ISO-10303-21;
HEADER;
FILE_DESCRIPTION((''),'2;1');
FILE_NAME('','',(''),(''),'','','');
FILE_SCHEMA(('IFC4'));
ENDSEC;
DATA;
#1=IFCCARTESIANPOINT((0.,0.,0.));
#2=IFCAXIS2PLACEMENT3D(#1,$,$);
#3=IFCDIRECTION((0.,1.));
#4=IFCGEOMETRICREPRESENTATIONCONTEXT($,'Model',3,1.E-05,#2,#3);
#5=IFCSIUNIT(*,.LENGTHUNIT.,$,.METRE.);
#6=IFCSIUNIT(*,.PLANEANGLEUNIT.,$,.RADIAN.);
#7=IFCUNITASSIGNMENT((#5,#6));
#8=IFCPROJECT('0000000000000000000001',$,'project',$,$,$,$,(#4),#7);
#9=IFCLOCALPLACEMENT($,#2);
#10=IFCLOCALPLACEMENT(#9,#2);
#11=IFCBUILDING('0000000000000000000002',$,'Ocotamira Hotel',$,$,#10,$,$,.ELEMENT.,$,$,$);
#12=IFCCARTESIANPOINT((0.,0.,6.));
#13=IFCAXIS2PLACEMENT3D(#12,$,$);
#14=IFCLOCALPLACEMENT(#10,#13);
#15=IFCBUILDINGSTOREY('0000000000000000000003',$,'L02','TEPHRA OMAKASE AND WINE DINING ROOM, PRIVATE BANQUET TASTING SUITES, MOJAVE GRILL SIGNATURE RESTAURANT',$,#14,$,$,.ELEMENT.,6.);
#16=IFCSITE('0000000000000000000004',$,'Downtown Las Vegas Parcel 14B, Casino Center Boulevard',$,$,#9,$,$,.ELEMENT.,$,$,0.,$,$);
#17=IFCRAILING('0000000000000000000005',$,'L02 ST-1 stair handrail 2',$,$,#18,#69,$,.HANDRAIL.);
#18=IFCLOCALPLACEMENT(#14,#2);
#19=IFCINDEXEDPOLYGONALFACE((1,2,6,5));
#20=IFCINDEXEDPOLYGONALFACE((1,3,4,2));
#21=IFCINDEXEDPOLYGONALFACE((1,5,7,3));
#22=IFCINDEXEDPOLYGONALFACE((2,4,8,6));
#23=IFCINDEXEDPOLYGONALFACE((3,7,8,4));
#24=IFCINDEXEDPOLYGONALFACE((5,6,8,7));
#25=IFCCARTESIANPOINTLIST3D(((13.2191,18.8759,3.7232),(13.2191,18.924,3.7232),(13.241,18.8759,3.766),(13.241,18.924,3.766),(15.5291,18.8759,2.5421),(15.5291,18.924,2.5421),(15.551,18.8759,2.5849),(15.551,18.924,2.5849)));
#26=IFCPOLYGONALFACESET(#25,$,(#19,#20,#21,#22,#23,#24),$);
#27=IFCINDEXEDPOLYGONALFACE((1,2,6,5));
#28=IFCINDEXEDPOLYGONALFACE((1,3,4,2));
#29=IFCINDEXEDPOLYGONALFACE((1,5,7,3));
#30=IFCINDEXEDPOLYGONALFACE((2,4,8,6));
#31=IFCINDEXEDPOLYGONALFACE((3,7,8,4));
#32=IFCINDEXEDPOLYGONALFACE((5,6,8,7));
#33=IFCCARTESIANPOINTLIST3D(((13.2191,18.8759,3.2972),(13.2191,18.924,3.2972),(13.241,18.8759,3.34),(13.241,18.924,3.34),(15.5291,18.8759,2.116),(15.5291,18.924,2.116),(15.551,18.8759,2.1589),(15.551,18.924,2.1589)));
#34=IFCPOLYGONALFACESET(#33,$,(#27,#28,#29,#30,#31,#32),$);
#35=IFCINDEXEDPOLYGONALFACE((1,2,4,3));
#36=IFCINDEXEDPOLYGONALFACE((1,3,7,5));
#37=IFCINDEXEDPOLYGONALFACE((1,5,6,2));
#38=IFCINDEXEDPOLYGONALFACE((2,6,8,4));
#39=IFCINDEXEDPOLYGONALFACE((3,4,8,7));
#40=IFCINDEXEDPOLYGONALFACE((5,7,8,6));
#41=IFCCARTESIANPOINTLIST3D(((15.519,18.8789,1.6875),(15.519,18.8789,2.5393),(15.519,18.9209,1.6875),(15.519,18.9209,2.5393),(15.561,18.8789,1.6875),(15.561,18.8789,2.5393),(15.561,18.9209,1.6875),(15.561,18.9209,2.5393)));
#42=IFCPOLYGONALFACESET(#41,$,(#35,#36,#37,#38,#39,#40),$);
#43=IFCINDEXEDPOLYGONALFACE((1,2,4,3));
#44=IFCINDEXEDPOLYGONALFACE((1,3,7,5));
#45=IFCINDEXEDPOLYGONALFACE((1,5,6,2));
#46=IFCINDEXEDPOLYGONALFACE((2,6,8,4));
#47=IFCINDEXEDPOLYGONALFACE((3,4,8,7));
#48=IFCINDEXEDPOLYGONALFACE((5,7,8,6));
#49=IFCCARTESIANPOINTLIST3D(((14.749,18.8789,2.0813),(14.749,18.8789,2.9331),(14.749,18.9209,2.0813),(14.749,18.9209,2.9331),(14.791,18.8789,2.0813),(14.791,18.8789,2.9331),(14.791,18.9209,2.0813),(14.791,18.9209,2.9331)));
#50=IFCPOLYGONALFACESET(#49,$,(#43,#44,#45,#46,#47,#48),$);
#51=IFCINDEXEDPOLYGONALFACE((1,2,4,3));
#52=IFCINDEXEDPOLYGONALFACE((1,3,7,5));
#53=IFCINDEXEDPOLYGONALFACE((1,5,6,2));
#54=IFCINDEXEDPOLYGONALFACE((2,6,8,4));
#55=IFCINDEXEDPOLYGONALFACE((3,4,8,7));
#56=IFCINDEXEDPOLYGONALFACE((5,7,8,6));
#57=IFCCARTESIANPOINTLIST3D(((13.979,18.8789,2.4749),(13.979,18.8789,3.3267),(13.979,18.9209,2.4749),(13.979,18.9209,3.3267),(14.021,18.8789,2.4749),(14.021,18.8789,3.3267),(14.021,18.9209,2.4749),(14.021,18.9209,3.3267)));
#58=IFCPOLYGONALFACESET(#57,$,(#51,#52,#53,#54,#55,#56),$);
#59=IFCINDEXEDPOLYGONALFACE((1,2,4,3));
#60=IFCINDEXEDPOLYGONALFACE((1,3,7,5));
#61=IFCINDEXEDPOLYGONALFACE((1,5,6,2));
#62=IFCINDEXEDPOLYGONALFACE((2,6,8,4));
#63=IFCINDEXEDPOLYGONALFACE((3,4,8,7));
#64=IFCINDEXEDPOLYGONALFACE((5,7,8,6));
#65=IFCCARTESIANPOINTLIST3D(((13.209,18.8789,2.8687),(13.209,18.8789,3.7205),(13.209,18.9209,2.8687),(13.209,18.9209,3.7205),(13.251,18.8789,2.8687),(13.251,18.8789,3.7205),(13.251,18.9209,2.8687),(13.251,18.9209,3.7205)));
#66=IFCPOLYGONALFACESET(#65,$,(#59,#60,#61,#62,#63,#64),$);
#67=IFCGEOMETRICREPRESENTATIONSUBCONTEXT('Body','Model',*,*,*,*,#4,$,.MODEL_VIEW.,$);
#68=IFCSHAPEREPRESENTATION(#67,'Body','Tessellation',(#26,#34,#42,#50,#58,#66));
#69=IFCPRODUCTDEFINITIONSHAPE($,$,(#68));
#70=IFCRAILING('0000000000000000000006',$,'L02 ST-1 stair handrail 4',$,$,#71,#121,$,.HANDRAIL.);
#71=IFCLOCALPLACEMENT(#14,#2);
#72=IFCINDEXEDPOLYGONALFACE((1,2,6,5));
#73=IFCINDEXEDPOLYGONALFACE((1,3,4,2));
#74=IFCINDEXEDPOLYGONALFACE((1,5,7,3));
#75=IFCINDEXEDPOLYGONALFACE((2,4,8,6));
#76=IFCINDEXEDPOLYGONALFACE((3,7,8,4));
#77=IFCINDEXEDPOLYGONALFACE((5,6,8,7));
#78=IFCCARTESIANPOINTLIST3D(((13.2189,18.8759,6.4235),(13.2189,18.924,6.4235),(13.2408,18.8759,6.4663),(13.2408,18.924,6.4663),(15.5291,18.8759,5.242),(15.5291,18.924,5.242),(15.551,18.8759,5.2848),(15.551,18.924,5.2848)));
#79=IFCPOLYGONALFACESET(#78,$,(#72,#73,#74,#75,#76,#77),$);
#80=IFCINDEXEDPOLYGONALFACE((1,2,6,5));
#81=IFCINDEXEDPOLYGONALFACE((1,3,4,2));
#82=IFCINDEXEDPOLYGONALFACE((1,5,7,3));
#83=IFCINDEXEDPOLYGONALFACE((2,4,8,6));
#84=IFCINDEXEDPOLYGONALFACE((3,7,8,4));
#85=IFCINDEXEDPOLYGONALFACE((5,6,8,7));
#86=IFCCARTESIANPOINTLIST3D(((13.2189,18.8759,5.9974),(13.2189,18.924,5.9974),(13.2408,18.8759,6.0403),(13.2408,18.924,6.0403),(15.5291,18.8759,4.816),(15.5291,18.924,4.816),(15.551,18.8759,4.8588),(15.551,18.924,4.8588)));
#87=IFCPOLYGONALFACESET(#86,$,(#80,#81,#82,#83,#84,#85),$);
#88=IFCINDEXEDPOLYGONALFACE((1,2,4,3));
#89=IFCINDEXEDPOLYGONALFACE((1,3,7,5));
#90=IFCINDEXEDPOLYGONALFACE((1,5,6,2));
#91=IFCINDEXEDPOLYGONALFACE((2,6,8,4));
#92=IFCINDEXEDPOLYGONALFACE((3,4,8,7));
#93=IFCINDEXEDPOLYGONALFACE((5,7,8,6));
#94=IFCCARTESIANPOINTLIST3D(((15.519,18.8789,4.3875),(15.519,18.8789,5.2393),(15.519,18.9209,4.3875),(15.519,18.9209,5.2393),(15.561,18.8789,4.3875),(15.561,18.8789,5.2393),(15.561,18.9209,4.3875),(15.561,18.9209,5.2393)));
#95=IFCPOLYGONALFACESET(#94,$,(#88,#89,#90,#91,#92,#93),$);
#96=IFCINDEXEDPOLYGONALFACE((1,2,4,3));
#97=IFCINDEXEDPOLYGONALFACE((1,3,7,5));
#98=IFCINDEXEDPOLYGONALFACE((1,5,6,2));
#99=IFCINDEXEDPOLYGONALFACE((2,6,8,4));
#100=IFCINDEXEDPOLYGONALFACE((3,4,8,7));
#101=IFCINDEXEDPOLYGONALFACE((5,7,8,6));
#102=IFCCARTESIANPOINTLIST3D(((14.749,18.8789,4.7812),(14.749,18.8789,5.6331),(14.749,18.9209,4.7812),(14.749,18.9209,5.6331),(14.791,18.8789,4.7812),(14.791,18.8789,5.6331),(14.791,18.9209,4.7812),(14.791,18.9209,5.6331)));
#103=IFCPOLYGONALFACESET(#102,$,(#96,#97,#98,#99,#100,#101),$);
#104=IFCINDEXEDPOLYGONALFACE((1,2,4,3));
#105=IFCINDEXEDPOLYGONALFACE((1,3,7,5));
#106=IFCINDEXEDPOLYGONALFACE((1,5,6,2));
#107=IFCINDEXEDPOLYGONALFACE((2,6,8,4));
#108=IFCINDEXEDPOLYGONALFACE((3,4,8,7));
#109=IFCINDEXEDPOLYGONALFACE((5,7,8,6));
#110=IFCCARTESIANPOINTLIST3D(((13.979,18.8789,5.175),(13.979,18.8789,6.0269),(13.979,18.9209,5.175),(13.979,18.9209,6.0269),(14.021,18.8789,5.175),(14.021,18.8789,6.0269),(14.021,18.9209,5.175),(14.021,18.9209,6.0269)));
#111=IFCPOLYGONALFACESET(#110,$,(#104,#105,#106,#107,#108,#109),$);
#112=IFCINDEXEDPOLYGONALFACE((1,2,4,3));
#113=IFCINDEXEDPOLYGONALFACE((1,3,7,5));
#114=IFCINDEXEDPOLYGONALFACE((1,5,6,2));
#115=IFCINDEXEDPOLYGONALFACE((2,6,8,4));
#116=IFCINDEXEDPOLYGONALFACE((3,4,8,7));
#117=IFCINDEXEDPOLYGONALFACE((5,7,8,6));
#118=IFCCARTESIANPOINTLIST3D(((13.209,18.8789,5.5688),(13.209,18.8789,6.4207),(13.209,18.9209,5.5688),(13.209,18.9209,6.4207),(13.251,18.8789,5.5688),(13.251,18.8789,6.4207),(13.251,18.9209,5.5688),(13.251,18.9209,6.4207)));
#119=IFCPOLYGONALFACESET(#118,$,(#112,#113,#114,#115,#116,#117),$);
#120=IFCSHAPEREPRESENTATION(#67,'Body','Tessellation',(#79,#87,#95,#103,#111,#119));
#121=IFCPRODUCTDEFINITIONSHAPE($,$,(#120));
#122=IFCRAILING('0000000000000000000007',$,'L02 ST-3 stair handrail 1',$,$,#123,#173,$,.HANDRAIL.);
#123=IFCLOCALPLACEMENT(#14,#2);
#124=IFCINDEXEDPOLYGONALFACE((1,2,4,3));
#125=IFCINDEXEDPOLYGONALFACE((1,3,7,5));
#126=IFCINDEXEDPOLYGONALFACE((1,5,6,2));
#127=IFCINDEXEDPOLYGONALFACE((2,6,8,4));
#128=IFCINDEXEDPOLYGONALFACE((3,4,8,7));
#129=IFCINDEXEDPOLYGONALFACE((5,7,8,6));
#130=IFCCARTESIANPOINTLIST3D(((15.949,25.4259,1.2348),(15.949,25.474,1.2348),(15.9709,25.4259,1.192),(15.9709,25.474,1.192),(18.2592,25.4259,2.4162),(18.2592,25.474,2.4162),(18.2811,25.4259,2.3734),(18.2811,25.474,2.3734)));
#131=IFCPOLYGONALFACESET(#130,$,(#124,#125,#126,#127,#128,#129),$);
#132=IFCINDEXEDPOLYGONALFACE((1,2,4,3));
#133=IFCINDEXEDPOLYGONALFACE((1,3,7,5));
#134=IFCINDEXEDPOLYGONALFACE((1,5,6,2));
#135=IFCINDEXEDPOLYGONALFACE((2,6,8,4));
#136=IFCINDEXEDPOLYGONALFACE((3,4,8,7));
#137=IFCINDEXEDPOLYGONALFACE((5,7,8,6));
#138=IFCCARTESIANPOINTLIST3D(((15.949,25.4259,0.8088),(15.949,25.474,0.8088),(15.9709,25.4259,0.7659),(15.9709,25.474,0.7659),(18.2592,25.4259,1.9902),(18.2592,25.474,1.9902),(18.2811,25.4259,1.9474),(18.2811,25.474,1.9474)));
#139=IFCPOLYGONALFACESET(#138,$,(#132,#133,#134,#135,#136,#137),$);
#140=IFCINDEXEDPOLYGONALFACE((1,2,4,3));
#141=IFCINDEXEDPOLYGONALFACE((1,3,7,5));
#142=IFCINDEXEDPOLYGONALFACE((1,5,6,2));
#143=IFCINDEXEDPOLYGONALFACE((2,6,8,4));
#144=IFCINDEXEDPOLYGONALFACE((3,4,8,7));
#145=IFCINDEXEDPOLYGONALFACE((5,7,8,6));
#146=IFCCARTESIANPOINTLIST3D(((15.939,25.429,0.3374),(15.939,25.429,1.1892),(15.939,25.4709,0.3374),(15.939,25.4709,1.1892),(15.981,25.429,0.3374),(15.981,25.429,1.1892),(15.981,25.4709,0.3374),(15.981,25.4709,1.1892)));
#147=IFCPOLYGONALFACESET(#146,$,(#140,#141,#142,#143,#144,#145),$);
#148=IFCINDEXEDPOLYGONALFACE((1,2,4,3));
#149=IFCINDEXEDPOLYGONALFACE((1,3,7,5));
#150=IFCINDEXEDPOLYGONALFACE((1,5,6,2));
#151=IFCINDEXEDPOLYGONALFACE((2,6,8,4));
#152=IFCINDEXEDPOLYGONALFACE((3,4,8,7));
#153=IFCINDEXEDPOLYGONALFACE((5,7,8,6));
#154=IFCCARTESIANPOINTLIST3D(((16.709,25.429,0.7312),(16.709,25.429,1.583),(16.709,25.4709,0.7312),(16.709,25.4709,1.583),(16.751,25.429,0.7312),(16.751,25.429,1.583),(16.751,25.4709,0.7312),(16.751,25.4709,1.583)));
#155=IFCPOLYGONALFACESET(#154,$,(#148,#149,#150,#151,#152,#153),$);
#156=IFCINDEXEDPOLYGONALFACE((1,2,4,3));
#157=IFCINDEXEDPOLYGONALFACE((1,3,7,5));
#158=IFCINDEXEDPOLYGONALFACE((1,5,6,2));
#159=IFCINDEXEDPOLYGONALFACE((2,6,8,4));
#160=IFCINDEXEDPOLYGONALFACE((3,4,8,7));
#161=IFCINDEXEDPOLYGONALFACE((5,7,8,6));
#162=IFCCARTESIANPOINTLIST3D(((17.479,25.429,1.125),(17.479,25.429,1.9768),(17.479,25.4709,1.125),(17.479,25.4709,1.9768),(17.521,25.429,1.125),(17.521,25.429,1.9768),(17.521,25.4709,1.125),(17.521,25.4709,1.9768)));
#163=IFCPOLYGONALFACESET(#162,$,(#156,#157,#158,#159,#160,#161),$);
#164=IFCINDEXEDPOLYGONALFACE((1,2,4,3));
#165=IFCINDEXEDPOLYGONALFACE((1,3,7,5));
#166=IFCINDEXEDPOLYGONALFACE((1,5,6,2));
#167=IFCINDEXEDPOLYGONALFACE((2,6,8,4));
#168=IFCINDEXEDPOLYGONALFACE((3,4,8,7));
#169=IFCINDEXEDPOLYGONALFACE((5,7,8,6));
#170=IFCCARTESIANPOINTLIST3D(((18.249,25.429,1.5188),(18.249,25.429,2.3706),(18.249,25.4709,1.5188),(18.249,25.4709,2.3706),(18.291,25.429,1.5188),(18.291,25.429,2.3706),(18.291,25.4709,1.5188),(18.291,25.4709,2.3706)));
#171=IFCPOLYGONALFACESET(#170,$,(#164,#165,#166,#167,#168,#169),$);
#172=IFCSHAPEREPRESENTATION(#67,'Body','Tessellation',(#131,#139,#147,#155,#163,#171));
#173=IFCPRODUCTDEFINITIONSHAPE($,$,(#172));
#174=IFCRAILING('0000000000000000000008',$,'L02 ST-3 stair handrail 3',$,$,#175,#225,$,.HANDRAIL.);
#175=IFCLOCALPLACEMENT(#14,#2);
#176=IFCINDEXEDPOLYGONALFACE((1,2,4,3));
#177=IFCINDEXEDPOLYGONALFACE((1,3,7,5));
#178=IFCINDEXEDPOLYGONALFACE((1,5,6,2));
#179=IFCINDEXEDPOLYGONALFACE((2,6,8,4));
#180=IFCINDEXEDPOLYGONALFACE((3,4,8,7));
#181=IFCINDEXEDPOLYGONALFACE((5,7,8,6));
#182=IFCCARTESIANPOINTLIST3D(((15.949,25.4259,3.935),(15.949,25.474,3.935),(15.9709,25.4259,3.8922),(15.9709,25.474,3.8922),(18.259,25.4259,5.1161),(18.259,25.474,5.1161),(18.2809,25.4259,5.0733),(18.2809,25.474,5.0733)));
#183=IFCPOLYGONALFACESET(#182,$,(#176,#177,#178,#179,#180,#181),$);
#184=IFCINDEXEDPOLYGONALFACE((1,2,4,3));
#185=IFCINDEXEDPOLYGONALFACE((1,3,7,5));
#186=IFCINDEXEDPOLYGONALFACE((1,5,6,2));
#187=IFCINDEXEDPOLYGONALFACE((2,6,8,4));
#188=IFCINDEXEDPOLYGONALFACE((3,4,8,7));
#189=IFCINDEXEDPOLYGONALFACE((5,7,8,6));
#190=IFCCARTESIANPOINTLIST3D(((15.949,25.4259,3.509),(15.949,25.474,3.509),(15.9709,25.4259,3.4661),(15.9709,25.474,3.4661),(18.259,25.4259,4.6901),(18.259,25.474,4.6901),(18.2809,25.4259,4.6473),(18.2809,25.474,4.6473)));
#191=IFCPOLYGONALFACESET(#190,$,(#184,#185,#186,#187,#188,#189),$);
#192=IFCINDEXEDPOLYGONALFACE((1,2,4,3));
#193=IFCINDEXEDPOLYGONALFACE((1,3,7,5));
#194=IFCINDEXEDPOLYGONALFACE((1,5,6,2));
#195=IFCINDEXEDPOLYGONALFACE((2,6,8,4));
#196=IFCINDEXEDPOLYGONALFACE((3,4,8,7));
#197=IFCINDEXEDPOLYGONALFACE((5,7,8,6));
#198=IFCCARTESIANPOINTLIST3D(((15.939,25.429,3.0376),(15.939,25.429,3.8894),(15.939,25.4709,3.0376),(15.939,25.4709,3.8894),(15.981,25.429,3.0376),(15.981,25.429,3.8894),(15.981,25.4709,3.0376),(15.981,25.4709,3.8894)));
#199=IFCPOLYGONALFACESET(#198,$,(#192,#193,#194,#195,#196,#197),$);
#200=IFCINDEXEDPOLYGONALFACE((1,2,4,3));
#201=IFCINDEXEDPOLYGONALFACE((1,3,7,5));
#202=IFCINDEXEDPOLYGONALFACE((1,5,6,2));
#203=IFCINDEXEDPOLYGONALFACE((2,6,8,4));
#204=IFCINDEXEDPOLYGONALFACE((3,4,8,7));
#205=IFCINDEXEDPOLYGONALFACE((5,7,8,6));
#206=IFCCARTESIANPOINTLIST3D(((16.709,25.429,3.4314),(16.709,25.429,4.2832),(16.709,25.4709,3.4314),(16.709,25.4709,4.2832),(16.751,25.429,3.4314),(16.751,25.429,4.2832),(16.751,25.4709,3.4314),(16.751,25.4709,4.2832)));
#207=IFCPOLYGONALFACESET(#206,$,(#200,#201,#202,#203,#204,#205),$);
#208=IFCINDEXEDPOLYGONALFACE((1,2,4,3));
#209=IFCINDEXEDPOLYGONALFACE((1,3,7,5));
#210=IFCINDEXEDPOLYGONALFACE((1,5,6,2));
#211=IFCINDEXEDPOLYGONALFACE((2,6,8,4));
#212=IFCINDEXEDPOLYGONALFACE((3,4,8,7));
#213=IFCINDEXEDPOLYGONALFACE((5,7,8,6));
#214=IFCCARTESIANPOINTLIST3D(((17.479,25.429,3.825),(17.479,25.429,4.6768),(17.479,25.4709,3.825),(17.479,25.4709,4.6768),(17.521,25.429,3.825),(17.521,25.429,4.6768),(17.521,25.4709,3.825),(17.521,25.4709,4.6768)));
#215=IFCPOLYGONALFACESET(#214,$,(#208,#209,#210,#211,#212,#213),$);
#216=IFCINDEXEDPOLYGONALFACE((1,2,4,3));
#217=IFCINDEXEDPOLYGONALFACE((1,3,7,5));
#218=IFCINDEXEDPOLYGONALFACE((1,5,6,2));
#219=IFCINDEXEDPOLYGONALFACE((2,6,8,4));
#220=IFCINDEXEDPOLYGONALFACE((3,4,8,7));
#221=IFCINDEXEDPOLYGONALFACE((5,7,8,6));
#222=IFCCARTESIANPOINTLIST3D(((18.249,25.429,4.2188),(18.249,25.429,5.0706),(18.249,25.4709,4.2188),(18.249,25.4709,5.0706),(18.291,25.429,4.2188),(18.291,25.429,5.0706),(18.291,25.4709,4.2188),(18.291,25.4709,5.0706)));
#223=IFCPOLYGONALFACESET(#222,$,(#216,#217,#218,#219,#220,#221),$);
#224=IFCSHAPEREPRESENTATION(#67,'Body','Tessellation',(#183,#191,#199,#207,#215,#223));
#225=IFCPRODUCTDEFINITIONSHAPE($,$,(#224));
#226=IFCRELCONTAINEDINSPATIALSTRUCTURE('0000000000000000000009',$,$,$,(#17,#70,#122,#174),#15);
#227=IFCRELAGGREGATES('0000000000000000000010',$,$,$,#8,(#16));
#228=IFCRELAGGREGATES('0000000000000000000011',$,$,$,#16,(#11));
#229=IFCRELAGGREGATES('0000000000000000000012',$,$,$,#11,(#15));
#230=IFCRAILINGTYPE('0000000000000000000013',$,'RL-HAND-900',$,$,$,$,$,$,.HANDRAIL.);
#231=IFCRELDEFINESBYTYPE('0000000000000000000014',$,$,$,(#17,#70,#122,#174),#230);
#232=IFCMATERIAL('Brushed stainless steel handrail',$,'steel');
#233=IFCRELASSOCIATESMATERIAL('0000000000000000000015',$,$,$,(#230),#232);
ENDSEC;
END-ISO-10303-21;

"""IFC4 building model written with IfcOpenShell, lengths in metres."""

from ifc_helpers import new_model, si_unit, direction, frame, origin, origin_2d, place, context, subcontext, project, spatial, rectangle, extrude, material, type_object, element, save


model = new_model("IFC4")

# Units and contexts
model_context = context("Model", 3, precision=1e-05, world=origin(), true_north=direction((0.0, 1.0)))
body_context = subcontext(model_context, "Body", "Model", "MODEL_VIEW")
ifc_project = project(units=[si_unit("LENGTHUNIT", "METRE"), si_unit("PLANEANGLEUNIT", "RADIAN")], contexts=[model_context])

# Site, building, storey
site_placement = place(None, origin())
site = spatial("IfcSite", under=ifc_project, at=site_placement, Name="Downtown Las Vegas Parcel 14B, Casino Center Boulevard", CompositionType="ELEMENT", RefElevation=0.0)
building_placement = place(site_placement, origin())
building = spatial("IfcBuilding", under=site, at=building_placement, Name="Ocotamira Hotel", CompositionType="ELEMENT")
storey_placement = place(building_placement, frame((0.0, 0.0, 6.0)))
storey = spatial("IfcBuildingStorey", under=building, at=storey_placement, Name="L02", Description="TEPHRA OMAKASE AND WINE DINING ROOM, PRIVATE BANQUET TASTING SUITES, MOJAVE GRILL SIGNATURE RESTAURANT", CompositionType="ELEMENT", Elevation=6.0)

# Railings
ifc_material_1 = material(Name="Brushed stainless steel handrail", Category="steel")
railing_type_1 = type_object("IfcRailingType", Name="RL-HAND-900", PredefinedType="HANDRAIL", material=ifc_material_1)
railing_1_placement = place(storey_placement, frame((15.54, 18.8999, 1.6875)))
element("IfcRailing", 1, at=railing_1_placement, inside=storey, type_object=railing_type_1, Name="L02 ST-1 stair handrail 2", PredefinedType="HANDRAIL", context=body_context, shape_type="SweptSolid", body=[
    extrude(rectangle(XDim=0.0481, YDim=0.0481, at=origin_2d()), frame((0.0, 0.0, 0.876), z_axis=(-0.890363, 0.0, 0.45525), x_axis=(0.0, -1.0, 0.0)), (0.0, 0.0, 1.0), 2.5945),
    extrude(rectangle(XDim=0.0481, YDim=0.0481, at=origin_2d()), frame((0.0, 0.0, 0.45), z_axis=(-0.890363, 0.0, 0.45525), x_axis=(0.0, -1.0, 0.0)), (0.0, 0.0, 1.0), 2.5945),
    extrude(rectangle(XDim=0.042, YDim=0.042, at=origin_2d()), origin(), (0.0, 0.0, 1.0), 0.8518),
    extrude(rectangle(XDim=0.042, YDim=0.042, at=origin_2d()), frame((-0.77, 0.0, 0.3938)), (0.0, 0.0, 1.0), 0.8518),
    extrude(rectangle(XDim=0.042, YDim=0.042, at=origin_2d()), frame((-1.54, 0.0, 0.7874)), (0.0, 0.0, 1.0), 0.8518),
    extrude(rectangle(XDim=0.042, YDim=0.042, at=origin_2d()), frame((-2.3101, 0.0, 1.1812)), (0.0, 0.0, 1.0), 0.8518),
])
railing_2_placement = place(storey_placement, frame((15.54, 18.8999, 4.3875)))
element("IfcRailing", 2, at=railing_2_placement, inside=storey, type_object=railing_type_1, Name="L02 ST-1 stair handrail 4", PredefinedType="HANDRAIL", context=body_context, shape_type="SweptSolid", body=[
    extrude(rectangle(XDim=0.0481, YDim=0.0481, at=origin_2d()), frame((0.0, 0.0, 0.876), z_axis=(-0.890325, 0.0, 0.455325), x_axis=(0.0, -1.0, 0.0)), (0.0, 0.0, 1.0), 2.5947),
    extrude(rectangle(XDim=0.0481, YDim=0.0481, at=origin_2d()), frame((0.0, 0.0, 0.45), z_axis=(-0.890325, 0.0, 0.455325), x_axis=(0.0, -1.0, 0.0)), (0.0, 0.0, 1.0), 2.5947),
    extrude(rectangle(XDim=0.042, YDim=0.042, at=origin_2d()), origin(), (0.0, 0.0, 1.0), 0.8518),
    extrude(rectangle(XDim=0.042, YDim=0.042, at=origin_2d()), frame((-0.77, 0.0, 0.3938)), (0.0, 0.0, 1.0), 0.8518),
    extrude(rectangle(XDim=0.042, YDim=0.042, at=origin_2d()), frame((-1.54, 0.0, 0.7876)), (0.0, 0.0, 1.0), 0.8518),
    extrude(rectangle(XDim=0.042, YDim=0.042, at=origin_2d()), frame((-2.3101, 0.0, 1.1814)), (0.0, 0.0, 1.0), 0.8518),
])
railing_3_placement = place(storey_placement, frame((15.96, 25.45, 0.3374)))
element("IfcRailing", 3, at=railing_3_placement, inside=storey, type_object=railing_type_1, Name="L02 ST-3 stair handrail 1", PredefinedType="HANDRAIL", context=body_context, shape_type="SweptSolid", body=[
    extrude(rectangle(XDim=0.0481, YDim=0.0481, at=origin_2d()), frame((0.0, 0.0, 0.876), z_axis=(0.890325, 0.0, 0.455325), x_axis=(0.0, 1.0, 0.0)), (0.0, 0.0, 1.0), 2.5947),
    extrude(rectangle(XDim=0.0481, YDim=0.0481, at=origin_2d()), frame((0.0, 0.0, 0.45), z_axis=(0.890325, 0.0, 0.455325), x_axis=(0.0, 1.0, 0.0)), (0.0, 0.0, 1.0), 2.5947),
    extrude(rectangle(XDim=0.042, YDim=0.042, at=origin_2d()), origin(), (0.0, 0.0, 1.0), 0.8518),
    extrude(rectangle(XDim=0.042, YDim=0.042, at=origin_2d()), frame((0.77, 0.0, 0.3938)), (0.0, 0.0, 1.0), 0.8518),
    extrude(rectangle(XDim=0.042, YDim=0.042, at=origin_2d()), frame((1.54, 0.0, 0.7876)), (0.0, 0.0, 1.0), 0.8518),
    extrude(rectangle(XDim=0.042, YDim=0.042, at=origin_2d()), frame((2.3101, 0.0, 1.1814)), (0.0, 0.0, 1.0), 0.8518),
])
railing_4_placement = place(storey_placement, frame((15.96, 25.45, 3.0376)))
element("IfcRailing", 4, at=railing_4_placement, inside=storey, type_object=railing_type_1, Name="L02 ST-3 stair handrail 3", PredefinedType="HANDRAIL", context=body_context, shape_type="SweptSolid", body=[
    extrude(rectangle(XDim=0.0481, YDim=0.0481, at=origin_2d()), frame((0.0, 0.0, 0.876), z_axis=(0.890363, 0.0, 0.45525), x_axis=(0.0, 1.0, 0.0)), (0.0, 0.0, 1.0), 2.5945),
    extrude(rectangle(XDim=0.0481, YDim=0.0481, at=origin_2d()), frame((0.0, 0.0, 0.45), z_axis=(0.890363, 0.0, 0.45525), x_axis=(0.0, 1.0, 0.0)), (0.0, 0.0, 1.0), 2.5945),
    extrude(rectangle(XDim=0.042, YDim=0.042, at=origin_2d()), origin(), (0.0, 0.0, 1.0), 0.8518),
    extrude(rectangle(XDim=0.042, YDim=0.042, at=origin_2d()), frame((0.77, 0.0, 0.3938)), (0.0, 0.0, 1.0), 0.8518),
    extrude(rectangle(XDim=0.042, YDim=0.042, at=origin_2d()), frame((1.54, 0.0, 0.7874)), (0.0, 0.0, 1.0), 0.8518),
    extrude(rectangle(XDim=0.042, YDim=0.042, at=origin_2d()), frame((2.3101, 0.0, 1.1812)), (0.0, 0.0, 1.0), 0.8518),
])

save(model, "model.ifc")
